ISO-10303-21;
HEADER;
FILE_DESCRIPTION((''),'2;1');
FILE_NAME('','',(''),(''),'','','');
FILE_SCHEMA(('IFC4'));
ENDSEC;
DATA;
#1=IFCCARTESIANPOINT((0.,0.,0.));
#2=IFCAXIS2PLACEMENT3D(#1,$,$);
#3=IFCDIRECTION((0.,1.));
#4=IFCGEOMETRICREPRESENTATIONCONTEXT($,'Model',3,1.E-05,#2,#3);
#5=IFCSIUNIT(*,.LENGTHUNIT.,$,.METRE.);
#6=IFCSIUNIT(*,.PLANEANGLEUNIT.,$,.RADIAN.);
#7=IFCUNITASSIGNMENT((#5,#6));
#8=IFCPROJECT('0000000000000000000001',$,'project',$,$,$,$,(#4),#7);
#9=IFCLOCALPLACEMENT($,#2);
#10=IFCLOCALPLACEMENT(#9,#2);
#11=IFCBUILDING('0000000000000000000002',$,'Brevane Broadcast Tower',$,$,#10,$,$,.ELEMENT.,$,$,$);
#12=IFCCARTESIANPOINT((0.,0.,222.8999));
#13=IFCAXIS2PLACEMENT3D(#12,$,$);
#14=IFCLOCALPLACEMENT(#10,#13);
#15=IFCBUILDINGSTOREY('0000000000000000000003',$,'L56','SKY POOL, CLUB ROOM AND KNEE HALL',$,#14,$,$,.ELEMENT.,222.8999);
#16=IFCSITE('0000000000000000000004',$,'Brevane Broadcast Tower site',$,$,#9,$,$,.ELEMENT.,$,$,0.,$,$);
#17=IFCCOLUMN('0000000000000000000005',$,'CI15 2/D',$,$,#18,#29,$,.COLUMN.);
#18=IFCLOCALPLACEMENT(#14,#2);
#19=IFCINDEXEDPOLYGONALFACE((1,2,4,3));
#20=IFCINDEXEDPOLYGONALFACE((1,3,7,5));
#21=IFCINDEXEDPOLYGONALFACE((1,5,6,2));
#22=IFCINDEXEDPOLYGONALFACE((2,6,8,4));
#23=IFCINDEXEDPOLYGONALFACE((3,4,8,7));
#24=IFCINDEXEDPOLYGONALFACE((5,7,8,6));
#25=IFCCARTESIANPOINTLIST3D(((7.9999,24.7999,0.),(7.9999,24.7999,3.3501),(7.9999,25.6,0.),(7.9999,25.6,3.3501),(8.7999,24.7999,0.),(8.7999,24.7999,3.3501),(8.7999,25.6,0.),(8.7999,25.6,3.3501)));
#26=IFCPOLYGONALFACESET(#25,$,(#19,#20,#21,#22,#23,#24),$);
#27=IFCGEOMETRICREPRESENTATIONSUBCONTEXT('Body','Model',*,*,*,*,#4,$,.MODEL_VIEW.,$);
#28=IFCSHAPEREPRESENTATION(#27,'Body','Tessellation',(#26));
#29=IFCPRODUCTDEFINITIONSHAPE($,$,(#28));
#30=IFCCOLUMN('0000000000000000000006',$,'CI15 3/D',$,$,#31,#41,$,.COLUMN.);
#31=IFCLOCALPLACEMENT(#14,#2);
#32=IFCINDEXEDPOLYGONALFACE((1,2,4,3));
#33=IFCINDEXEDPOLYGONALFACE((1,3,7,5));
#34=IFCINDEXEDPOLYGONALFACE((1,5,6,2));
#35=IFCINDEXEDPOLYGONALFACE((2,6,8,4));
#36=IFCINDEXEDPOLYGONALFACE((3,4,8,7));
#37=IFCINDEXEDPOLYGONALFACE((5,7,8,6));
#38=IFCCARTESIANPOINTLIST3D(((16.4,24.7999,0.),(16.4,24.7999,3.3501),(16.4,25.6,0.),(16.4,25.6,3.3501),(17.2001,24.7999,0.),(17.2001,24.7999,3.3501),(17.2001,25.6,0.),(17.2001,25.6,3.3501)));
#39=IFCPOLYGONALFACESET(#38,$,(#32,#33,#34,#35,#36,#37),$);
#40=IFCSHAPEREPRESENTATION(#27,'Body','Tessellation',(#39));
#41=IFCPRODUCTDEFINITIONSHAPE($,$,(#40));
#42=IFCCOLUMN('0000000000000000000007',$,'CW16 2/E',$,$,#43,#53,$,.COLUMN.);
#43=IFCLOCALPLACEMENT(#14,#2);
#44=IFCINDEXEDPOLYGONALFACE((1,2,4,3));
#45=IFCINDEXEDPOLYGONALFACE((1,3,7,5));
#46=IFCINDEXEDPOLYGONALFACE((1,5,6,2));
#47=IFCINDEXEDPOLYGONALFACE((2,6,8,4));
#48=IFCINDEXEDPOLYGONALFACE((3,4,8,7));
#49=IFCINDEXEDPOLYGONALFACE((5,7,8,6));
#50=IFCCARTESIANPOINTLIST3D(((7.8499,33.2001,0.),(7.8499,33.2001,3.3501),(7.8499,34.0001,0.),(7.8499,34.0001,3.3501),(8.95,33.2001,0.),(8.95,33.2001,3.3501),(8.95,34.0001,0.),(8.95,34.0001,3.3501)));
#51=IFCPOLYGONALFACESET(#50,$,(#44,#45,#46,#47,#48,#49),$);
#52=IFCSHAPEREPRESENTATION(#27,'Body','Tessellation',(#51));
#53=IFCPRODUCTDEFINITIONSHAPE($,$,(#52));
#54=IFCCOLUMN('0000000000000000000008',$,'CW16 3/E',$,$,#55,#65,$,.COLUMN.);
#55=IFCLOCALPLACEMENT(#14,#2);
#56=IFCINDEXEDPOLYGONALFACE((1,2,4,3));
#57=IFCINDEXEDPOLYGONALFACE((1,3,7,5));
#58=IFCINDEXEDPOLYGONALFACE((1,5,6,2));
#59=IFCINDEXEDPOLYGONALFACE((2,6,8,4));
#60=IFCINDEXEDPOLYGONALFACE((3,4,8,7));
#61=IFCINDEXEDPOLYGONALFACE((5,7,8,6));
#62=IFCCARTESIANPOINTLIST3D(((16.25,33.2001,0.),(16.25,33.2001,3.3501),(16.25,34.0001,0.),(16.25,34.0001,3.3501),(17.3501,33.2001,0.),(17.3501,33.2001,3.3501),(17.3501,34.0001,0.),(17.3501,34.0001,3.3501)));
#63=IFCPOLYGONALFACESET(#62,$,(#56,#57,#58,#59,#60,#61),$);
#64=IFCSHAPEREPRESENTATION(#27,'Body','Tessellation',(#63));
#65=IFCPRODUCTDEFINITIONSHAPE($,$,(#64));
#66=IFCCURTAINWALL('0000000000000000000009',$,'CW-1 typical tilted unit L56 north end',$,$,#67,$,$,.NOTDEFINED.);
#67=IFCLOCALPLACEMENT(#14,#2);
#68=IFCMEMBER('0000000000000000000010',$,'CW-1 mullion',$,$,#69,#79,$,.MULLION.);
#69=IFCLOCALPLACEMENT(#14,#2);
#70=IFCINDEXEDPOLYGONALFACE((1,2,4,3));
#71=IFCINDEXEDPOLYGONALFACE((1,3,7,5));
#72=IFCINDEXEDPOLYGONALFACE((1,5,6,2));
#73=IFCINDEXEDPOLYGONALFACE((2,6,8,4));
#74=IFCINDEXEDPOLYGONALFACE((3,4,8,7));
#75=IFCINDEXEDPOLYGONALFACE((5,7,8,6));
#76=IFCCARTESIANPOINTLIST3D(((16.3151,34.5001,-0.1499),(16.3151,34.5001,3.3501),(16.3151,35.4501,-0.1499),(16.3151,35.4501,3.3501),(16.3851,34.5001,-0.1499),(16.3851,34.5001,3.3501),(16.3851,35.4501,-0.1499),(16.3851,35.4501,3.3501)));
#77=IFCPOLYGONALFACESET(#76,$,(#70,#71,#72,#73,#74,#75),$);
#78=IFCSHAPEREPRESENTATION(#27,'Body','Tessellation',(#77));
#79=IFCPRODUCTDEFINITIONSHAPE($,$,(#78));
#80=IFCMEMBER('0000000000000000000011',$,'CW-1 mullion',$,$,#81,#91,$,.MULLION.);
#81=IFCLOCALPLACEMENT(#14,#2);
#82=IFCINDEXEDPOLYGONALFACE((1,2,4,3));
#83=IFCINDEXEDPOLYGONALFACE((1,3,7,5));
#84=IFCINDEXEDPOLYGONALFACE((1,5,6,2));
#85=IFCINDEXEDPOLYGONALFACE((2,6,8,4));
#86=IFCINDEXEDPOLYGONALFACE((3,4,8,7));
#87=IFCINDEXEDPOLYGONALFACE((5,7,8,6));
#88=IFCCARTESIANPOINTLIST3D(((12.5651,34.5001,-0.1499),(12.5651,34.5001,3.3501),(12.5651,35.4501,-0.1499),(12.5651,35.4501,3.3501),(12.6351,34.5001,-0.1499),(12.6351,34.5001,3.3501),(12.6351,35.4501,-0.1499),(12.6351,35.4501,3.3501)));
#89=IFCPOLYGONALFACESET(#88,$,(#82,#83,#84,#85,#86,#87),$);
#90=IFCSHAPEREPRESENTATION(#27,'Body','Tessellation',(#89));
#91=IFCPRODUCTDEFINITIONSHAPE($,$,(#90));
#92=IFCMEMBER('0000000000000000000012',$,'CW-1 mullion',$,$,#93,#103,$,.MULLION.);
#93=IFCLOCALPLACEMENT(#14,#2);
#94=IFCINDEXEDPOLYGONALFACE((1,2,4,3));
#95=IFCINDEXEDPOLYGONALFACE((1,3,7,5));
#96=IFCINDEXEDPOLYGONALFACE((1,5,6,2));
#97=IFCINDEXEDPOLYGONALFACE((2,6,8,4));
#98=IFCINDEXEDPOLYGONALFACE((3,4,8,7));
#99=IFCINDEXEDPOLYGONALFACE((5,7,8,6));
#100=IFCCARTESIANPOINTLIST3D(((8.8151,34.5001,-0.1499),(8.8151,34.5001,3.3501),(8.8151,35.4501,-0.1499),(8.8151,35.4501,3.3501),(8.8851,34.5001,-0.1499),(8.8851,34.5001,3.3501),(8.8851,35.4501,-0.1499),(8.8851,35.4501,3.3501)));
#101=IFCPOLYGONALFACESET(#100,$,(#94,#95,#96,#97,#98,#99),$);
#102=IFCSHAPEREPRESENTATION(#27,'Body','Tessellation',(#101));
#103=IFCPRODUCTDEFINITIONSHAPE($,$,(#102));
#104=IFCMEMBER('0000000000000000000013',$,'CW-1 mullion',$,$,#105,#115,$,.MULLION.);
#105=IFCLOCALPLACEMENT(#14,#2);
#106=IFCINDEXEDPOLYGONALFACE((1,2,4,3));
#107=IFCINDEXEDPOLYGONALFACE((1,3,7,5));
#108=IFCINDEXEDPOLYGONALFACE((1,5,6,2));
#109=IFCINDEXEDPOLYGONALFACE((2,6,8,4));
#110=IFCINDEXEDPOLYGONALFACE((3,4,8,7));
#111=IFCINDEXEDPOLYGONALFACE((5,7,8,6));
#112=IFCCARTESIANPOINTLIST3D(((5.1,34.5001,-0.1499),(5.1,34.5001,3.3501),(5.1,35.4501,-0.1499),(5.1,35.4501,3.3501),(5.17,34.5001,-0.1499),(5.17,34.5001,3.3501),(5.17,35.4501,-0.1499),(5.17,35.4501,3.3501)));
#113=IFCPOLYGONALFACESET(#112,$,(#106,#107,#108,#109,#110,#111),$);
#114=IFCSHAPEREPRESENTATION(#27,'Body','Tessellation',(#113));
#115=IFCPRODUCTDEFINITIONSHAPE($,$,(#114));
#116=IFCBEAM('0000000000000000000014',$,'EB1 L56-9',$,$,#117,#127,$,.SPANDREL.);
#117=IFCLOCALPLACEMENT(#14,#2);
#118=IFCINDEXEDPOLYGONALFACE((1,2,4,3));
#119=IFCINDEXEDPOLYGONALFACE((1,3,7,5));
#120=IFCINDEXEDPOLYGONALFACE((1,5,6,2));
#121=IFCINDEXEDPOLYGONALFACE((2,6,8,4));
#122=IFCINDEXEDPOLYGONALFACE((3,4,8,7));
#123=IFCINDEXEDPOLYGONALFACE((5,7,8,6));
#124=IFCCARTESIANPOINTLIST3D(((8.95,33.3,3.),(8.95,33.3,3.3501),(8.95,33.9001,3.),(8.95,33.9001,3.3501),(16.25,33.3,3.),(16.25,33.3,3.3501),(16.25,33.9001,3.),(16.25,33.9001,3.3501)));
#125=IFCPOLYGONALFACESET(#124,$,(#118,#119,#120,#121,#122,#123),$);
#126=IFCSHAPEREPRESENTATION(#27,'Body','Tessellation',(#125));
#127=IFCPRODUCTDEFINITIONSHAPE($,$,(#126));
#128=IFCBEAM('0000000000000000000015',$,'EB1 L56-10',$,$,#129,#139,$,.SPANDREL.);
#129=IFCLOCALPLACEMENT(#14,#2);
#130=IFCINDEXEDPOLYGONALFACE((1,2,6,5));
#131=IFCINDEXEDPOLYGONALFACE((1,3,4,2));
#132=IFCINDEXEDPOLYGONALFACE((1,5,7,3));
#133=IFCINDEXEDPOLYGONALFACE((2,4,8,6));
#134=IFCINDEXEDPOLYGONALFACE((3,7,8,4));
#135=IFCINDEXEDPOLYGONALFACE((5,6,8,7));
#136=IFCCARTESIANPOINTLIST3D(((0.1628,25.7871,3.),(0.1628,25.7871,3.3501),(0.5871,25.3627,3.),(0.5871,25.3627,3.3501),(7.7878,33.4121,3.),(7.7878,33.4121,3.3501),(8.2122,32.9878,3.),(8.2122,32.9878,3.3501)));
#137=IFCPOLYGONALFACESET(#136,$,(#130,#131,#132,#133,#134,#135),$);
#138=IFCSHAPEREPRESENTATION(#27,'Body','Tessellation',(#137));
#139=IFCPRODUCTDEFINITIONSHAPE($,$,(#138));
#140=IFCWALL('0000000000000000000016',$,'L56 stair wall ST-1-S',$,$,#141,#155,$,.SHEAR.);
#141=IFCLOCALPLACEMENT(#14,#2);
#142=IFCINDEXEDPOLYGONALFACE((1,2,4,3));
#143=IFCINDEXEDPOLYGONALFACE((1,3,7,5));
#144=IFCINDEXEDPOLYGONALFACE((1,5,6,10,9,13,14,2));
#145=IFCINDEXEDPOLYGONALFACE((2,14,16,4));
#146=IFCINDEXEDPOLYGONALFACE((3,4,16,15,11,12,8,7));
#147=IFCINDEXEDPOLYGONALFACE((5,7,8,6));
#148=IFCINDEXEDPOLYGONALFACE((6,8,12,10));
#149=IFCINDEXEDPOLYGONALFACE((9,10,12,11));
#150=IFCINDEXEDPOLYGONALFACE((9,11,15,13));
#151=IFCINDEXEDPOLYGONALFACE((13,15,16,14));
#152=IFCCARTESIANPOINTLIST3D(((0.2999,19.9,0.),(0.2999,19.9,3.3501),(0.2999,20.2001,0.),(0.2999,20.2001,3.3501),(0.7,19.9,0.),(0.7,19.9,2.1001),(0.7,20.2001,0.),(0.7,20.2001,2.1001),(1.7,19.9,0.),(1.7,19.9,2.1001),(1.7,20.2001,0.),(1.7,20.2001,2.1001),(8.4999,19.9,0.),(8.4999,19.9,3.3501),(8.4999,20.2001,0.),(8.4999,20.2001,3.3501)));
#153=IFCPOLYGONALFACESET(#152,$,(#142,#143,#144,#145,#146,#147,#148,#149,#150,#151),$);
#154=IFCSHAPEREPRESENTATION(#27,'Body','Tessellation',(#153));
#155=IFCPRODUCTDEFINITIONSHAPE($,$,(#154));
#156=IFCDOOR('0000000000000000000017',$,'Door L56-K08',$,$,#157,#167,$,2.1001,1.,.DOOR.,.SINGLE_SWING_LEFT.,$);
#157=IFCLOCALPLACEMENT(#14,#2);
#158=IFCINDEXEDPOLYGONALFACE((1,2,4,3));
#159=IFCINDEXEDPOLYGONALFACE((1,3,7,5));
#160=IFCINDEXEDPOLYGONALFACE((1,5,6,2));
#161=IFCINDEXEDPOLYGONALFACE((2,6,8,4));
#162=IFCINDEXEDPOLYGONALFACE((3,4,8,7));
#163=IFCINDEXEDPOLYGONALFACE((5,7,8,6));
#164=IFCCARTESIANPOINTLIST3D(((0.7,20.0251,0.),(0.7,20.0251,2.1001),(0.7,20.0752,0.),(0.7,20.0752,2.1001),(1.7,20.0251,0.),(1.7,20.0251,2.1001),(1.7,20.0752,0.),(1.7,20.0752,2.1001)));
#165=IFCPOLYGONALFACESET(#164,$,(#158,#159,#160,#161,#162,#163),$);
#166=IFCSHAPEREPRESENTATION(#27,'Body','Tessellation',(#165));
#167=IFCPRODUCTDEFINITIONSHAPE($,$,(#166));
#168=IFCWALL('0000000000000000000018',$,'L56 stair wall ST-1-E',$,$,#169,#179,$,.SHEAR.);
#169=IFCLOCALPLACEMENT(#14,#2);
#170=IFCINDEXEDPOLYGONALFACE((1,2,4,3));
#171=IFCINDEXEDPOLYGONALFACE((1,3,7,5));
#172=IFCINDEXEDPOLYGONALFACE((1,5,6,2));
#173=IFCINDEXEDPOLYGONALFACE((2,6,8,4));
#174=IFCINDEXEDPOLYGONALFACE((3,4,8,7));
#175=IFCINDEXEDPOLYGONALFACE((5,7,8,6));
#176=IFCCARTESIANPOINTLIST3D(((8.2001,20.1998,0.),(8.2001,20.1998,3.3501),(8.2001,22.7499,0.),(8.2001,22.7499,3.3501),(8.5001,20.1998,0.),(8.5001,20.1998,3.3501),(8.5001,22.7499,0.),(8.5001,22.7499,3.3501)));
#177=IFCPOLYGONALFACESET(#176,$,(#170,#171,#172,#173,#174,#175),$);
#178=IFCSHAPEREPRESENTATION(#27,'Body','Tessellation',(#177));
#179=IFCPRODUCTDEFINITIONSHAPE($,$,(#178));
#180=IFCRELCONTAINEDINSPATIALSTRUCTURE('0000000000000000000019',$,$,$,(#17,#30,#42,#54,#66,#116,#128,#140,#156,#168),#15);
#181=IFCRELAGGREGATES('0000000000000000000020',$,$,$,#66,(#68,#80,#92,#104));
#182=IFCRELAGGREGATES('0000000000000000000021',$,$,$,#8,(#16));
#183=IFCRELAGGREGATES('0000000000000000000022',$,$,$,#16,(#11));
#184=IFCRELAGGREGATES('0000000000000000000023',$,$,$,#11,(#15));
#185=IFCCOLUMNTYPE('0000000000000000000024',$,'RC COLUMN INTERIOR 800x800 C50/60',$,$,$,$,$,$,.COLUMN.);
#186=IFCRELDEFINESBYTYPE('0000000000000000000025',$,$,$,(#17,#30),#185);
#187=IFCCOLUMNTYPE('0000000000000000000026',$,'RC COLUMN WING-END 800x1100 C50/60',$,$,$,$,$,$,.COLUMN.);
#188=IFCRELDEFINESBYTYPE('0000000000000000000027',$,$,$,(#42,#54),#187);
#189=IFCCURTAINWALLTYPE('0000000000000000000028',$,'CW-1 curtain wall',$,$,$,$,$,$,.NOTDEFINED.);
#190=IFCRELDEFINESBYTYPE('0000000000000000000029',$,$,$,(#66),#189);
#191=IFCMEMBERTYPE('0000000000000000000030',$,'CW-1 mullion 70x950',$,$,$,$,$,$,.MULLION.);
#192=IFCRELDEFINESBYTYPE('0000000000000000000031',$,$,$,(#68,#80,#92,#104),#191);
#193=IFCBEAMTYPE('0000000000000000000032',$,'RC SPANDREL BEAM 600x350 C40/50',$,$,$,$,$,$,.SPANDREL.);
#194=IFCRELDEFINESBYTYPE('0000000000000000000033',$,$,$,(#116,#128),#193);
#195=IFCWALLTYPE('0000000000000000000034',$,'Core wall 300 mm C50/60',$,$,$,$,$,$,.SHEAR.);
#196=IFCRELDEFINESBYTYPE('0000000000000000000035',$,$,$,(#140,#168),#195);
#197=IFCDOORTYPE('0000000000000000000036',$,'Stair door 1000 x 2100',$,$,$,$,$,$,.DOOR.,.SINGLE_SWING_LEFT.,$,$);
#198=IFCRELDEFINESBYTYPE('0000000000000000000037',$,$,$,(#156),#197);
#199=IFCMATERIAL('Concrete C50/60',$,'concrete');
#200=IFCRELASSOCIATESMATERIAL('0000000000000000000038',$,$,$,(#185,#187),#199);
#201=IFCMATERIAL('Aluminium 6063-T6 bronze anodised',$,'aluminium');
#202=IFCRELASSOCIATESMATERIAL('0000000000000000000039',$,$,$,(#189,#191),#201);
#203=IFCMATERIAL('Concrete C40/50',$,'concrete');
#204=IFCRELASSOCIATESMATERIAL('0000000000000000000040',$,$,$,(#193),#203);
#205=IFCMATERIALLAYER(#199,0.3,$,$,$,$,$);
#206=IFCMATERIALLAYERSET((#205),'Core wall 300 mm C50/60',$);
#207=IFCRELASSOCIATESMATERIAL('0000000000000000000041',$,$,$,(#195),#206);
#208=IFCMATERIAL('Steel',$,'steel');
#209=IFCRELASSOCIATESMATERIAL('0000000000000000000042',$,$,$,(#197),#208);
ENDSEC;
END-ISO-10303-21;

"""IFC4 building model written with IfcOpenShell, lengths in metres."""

from ifc_helpers import new_model, si_unit, direction, frame, frame_2d, origin, origin_2d, place, context, subcontext, project, spatial, rectangle, extrude, material, layer, layer_set, material_profile, profile_set, type_object, element, fill, aggregate, save


model = new_model("IFC4")

# Units and contexts
model_context = context("Model", 3, precision=1e-05, world=origin(), true_north=direction((0.0, 1.0)))
body_context = subcontext(model_context, "Body", "Model", "MODEL_VIEW")
ifc_project = project(units=[si_unit("LENGTHUNIT", "METRE"), si_unit("PLANEANGLEUNIT", "RADIAN")], contexts=[model_context])

# Site, building, storey
site_placement = place(None, origin())
site = spatial("IfcSite", under=ifc_project, at=site_placement, Name="Brevane Broadcast Tower site", CompositionType="ELEMENT", RefElevation=0.0)
building_placement = place(site_placement, origin())
building = spatial("IfcBuilding", under=site, at=building_placement, Name="Brevane Broadcast Tower", CompositionType="ELEMENT")
storey_placement = place(building_placement, frame((0.0, 0.0, 222.8999)))
storey = spatial("IfcBuildingStorey", under=building, at=storey_placement, Name="L56", Description="SKY POOL, CLUB ROOM AND KNEE HALL", CompositionType="ELEMENT", Elevation=222.8999)

# Columns
ifc_material_1 = material(Name="Concrete C50/60", Category="concrete")
ifc_material_profile_1 = material_profile(ifc_material_1, rectangle(XDim=0.8, YDim=0.8, at=origin_2d()), Name="RC 800x800")
ifc_profile_set_1 = profile_set([ifc_material_profile_1], Name="Concrete C50/60")
column_type_1 = type_object("IfcColumnType", Name="RC COLUMN INTERIOR 800x800 C50/60", PredefinedType="COLUMN", material=ifc_profile_set_1)
for number, where, z_axis, x_axis, name in (
    (1, (8.3999, 25.2, 0.0), (0.0, 0.0, 1.0), (1.0, 0.0, 0.0), "CI15 2/D"),
    (2, (16.8, 25.2, 0.0), (0.0, 0.0, 1.0), (1.0, 0.0, 0.0), "CI15 3/D"),
):
    element("IfcColumn", number, at=place(storey_placement, frame(where, z_axis=z_axis, x_axis=x_axis)), inside=storey, type_object=column_type_1, Name=name, PredefinedType="COLUMN", context=body_context, shape_type="SweptSolid", body=[
        extrude(rectangle(XDim=0.8, YDim=0.8, at=origin_2d()), origin(), (0.0, 0.0, 1.0), 3.3501),
    ])
ifc_material_profile_2 = material_profile(ifc_material_1, rectangle(XDim=0.8, YDim=1.1001, at=origin_2d()), Name="RC 800x1100")
ifc_profile_set_2 = profile_set([ifc_material_profile_2], Name="Concrete C50/60")
column_type_2 = type_object("IfcColumnType", Name="RC COLUMN WING-END 800x1100 C50/60", PredefinedType="COLUMN", material=ifc_profile_set_2)
for number, where, z_axis, x_axis, name in (
    (3, (8.3999, 33.6001, 0.0), (0.0, 0.0, 1.0), (0.0, 1.0, 0.0), "CW16 2/E"),
    (4, (16.8, 33.6001, 0.0), (0.0, 0.0, 1.0), (0.0, 1.0, 0.0), "CW16 3/E"),
):
    element("IfcColumn", number, at=place(storey_placement, frame(where, z_axis=z_axis, x_axis=x_axis)), inside=storey, type_object=column_type_2, Name=name, PredefinedType="COLUMN", context=body_context, shape_type="SweptSolid", body=[
        extrude(rectangle(XDim=0.8, YDim=1.1001, at=origin_2d()), origin(), (0.0, 0.0, 1.0), 3.3501),
    ])

# Curtain wall, members
ifc_material_2 = material(Name="Aluminium 6063-T6 bronze anodised", Category="aluminium")
curtain_wall_type = type_object("IfcCurtainWallType", Name="CW-1 curtain wall", PredefinedType="NOTDEFINED", material=ifc_material_2)
curtain_wall_placement = place(storey_placement, origin())
curtain_wall = element("IfcCurtainWall", 5, at=curtain_wall_placement, inside=storey, type_object=curtain_wall_type, Name="CW-1 typical tilted unit L56 north end", PredefinedType="NOTDEFINED")
ifc_material_profile_3 = material_profile(ifc_material_2, rectangle(XDim=0.95, YDim=0.0701, at=origin_2d()), Name="RECT 70x950")
ifc_profile_set_3 = profile_set([ifc_material_profile_3], Name="Aluminium 6063-T6 bronze anodised")
member_type = type_object("IfcMemberType", Name="CW-1 mullion 70x950", PredefinedType="MULLION", material=ifc_profile_set_3)
member_1_placement = place(storey_placement, frame((16.3501, 34.9751, -0.1499), z_axis=(0.0, 0.0, 1.0), x_axis=(0.0, -1.0, 0.0)))
member_1 = element("IfcMember", 6, at=member_1_placement, type_object=member_type, Name="CW-1 mullion", PredefinedType="MULLION", context=body_context, shape_type="SweptSolid", body=[
    extrude(rectangle(XDim=0.95, YDim=0.0701, at=origin_2d()), origin(), (0.0, 0.0, 1.0), 3.5),
])
member_2_placement = place(storey_placement, frame((12.6001, 34.9751, -0.1499), z_axis=(0.0, 0.0, 1.0), x_axis=(0.0, -1.0, 0.0)))
member_2 = element("IfcMember", 7, at=member_2_placement, type_object=member_type, Name="CW-1 mullion", PredefinedType="MULLION", context=body_context, shape_type="SweptSolid", body=[
    extrude(rectangle(XDim=0.95, YDim=0.0701, at=origin_2d()), origin(), (0.0, 0.0, 1.0), 3.5),
])
member_3_placement = place(storey_placement, frame((8.8501, 34.9751, -0.1499), z_axis=(0.0, 0.0, 1.0), x_axis=(0.0, -1.0, 0.0)))
member_3 = element("IfcMember", 8, at=member_3_placement, type_object=member_type, Name="CW-1 mullion", PredefinedType="MULLION", context=body_context, shape_type="SweptSolid", body=[
    extrude(rectangle(XDim=0.95, YDim=0.0701, at=origin_2d()), origin(), (0.0, 0.0, 1.0), 3.5),
])
member_4_placement = place(storey_placement, frame((5.135, 34.9751, -0.1499), z_axis=(0.0, 0.0, 1.0), x_axis=(0.0, -1.0, 0.0)))
member_4 = element("IfcMember", 9, at=member_4_placement, type_object=member_type, Name="CW-1 mullion", PredefinedType="MULLION", context=body_context, shape_type="SweptSolid", body=[
    extrude(rectangle(XDim=0.95, YDim=0.0701, at=origin_2d()), origin(), (0.0, 0.0, 1.0), 3.5),
])
aggregate(curtain_wall, [member_1, member_2, member_3, member_4])

# Beams
ifc_material_3 = material(Name="Concrete C40/50", Category="concrete")
ifc_material_profile_4 = material_profile(ifc_material_3, rectangle(XDim=0.6001, YDim=0.3501, at=origin_2d()), Name="RC 600x350")
ifc_profile_set_4 = profile_set([ifc_material_profile_4], Name="Concrete C40/50")
beam_type = type_object("IfcBeamType", Name="RC SPANDREL BEAM 600x350 C40/50", PredefinedType="SPANDREL", material=ifc_profile_set_4)
beam_1_placement = place(storey_placement, frame((16.25, 33.6001, 3.175), z_axis=(-1.0, 0.0, 0.0), x_axis=(0.0, -1.0, 0.0)))
element("IfcBeam", 10, at=beam_1_placement, inside=storey, type_object=beam_type, Name="EB1 L56-9", PredefinedType="SPANDREL", context=body_context, shape_type="SweptSolid", body=[
    extrude(rectangle(XDim=0.6001, YDim=0.3501, at=origin_2d()), origin(), (0.0, 0.0, 1.0), 7.3),
])
beam_2_placement = place(storey_placement, frame((8.0, 33.2, 3.175), z_axis=(-0.707107, -0.707107, 0.0), x_axis=(0.707107, -0.707107, 0.0)))
element("IfcBeam", 11, at=beam_2_placement, inside=storey, type_object=beam_type, Name="EB1 L56-10", PredefinedType="SPANDREL", context=body_context, shape_type="SweptSolid", body=[
    extrude(rectangle(XDim=0.6001, YDim=0.3501, at=origin_2d()), origin(), (0.0, 0.0, 1.0), 10.7834),
])

# Wall, opening, door
ifc_layer_1 = layer(ifc_material_1, 0.3)
ifc_layer_set_1 = layer_set([ifc_layer_1], Name="Core wall 300 mm C50/60")
wall_type_1 = type_object("IfcWallType", Name="Core wall 300 mm C50/60", PredefinedType="SHEAR", material=ifc_layer_set_1)
wall_1_placement = place(storey_placement, frame((8.5, 20.05, 0.0), z_axis=(0.0, 0.0, 1.0), x_axis=(-1.0, 0.0, 0.0)))
wall_1 = element("IfcWall", 12, at=wall_1_placement, inside=storey, type_object=wall_type_1, Name="L56 stair wall ST-1-S", PredefinedType="SHEAR", context=body_context, shape_type="SweptSolid", body=[
    extrude(rectangle(XDim=8.2, YDim=0.3, at=frame_2d((4.1001, 0.0))), origin(), (0.0, 0.0, 1.0), 3.3501),
])
opening_1_placement = place(wall_1_placement, frame((6.8, 0.0, 0.0)))
opening_1 = element("IfcOpeningElement", 13, at=opening_1_placement, cuts=wall_1, PredefinedType="OPENING", context=body_context, shape_type="SweptSolid", body=[
    extrude(rectangle(XDim=1.0, YDim=2.1001, at=frame_2d((0.5, 1.05))), frame((0.0, 0.1599, 0.0), z_axis=(0.0, -1.0, 0.0), x_axis=(1.0, 0.0, 0.0)), (0.0, 0.0, 1.0), 0.3201),
])
ifc_material_4 = material(Name="Steel", Category="steel")
door_type_1 = type_object("IfcDoorType", Name="Stair door 1000 x 2100", OperationType="SINGLE_SWING_LEFT", PredefinedType="DOOR", material=ifc_material_4)
door_1_placement = place(opening_1_placement, origin())
door_1 = element("IfcDoor", 14, at=door_1_placement, inside=storey, type_object=door_type_1, Name="Door L56-K08", OperationType="SINGLE_SWING_LEFT", OverallHeight=2.1001, OverallWidth=1.0, PredefinedType="DOOR", context=body_context, shape_type="SweptSolid", body=[
    extrude(rectangle(XDim=1.0, YDim=2.1001, at=frame_2d((0.5, 1.05))), frame((0.0, 0.0249, 0.0), z_axis=(0.0, -1.0, 0.0), x_axis=(1.0, 0.0, 0.0)), (0.0, 0.0, 1.0), 0.05),
])
fill(opening_1, door_1)

# Wall
wall_2_placement = place(storey_placement, frame((8.3501, 20.2, 0.0), z_axis=(0.0, 0.0, 1.0), x_axis=(0.0, 1.0, 0.0)))
element("IfcWall", 15, at=wall_2_placement, inside=storey, type_object=wall_type_1, Name="L56 stair wall ST-1-E", PredefinedType="SHEAR", context=body_context, shape_type="SweptSolid", body=[
    extrude(rectangle(XDim=2.55, YDim=0.3, at=frame_2d((1.2749, 0.0))), origin(), (0.0, 0.0, 1.0), 3.3501),
])

save(model, "model.ifc")
